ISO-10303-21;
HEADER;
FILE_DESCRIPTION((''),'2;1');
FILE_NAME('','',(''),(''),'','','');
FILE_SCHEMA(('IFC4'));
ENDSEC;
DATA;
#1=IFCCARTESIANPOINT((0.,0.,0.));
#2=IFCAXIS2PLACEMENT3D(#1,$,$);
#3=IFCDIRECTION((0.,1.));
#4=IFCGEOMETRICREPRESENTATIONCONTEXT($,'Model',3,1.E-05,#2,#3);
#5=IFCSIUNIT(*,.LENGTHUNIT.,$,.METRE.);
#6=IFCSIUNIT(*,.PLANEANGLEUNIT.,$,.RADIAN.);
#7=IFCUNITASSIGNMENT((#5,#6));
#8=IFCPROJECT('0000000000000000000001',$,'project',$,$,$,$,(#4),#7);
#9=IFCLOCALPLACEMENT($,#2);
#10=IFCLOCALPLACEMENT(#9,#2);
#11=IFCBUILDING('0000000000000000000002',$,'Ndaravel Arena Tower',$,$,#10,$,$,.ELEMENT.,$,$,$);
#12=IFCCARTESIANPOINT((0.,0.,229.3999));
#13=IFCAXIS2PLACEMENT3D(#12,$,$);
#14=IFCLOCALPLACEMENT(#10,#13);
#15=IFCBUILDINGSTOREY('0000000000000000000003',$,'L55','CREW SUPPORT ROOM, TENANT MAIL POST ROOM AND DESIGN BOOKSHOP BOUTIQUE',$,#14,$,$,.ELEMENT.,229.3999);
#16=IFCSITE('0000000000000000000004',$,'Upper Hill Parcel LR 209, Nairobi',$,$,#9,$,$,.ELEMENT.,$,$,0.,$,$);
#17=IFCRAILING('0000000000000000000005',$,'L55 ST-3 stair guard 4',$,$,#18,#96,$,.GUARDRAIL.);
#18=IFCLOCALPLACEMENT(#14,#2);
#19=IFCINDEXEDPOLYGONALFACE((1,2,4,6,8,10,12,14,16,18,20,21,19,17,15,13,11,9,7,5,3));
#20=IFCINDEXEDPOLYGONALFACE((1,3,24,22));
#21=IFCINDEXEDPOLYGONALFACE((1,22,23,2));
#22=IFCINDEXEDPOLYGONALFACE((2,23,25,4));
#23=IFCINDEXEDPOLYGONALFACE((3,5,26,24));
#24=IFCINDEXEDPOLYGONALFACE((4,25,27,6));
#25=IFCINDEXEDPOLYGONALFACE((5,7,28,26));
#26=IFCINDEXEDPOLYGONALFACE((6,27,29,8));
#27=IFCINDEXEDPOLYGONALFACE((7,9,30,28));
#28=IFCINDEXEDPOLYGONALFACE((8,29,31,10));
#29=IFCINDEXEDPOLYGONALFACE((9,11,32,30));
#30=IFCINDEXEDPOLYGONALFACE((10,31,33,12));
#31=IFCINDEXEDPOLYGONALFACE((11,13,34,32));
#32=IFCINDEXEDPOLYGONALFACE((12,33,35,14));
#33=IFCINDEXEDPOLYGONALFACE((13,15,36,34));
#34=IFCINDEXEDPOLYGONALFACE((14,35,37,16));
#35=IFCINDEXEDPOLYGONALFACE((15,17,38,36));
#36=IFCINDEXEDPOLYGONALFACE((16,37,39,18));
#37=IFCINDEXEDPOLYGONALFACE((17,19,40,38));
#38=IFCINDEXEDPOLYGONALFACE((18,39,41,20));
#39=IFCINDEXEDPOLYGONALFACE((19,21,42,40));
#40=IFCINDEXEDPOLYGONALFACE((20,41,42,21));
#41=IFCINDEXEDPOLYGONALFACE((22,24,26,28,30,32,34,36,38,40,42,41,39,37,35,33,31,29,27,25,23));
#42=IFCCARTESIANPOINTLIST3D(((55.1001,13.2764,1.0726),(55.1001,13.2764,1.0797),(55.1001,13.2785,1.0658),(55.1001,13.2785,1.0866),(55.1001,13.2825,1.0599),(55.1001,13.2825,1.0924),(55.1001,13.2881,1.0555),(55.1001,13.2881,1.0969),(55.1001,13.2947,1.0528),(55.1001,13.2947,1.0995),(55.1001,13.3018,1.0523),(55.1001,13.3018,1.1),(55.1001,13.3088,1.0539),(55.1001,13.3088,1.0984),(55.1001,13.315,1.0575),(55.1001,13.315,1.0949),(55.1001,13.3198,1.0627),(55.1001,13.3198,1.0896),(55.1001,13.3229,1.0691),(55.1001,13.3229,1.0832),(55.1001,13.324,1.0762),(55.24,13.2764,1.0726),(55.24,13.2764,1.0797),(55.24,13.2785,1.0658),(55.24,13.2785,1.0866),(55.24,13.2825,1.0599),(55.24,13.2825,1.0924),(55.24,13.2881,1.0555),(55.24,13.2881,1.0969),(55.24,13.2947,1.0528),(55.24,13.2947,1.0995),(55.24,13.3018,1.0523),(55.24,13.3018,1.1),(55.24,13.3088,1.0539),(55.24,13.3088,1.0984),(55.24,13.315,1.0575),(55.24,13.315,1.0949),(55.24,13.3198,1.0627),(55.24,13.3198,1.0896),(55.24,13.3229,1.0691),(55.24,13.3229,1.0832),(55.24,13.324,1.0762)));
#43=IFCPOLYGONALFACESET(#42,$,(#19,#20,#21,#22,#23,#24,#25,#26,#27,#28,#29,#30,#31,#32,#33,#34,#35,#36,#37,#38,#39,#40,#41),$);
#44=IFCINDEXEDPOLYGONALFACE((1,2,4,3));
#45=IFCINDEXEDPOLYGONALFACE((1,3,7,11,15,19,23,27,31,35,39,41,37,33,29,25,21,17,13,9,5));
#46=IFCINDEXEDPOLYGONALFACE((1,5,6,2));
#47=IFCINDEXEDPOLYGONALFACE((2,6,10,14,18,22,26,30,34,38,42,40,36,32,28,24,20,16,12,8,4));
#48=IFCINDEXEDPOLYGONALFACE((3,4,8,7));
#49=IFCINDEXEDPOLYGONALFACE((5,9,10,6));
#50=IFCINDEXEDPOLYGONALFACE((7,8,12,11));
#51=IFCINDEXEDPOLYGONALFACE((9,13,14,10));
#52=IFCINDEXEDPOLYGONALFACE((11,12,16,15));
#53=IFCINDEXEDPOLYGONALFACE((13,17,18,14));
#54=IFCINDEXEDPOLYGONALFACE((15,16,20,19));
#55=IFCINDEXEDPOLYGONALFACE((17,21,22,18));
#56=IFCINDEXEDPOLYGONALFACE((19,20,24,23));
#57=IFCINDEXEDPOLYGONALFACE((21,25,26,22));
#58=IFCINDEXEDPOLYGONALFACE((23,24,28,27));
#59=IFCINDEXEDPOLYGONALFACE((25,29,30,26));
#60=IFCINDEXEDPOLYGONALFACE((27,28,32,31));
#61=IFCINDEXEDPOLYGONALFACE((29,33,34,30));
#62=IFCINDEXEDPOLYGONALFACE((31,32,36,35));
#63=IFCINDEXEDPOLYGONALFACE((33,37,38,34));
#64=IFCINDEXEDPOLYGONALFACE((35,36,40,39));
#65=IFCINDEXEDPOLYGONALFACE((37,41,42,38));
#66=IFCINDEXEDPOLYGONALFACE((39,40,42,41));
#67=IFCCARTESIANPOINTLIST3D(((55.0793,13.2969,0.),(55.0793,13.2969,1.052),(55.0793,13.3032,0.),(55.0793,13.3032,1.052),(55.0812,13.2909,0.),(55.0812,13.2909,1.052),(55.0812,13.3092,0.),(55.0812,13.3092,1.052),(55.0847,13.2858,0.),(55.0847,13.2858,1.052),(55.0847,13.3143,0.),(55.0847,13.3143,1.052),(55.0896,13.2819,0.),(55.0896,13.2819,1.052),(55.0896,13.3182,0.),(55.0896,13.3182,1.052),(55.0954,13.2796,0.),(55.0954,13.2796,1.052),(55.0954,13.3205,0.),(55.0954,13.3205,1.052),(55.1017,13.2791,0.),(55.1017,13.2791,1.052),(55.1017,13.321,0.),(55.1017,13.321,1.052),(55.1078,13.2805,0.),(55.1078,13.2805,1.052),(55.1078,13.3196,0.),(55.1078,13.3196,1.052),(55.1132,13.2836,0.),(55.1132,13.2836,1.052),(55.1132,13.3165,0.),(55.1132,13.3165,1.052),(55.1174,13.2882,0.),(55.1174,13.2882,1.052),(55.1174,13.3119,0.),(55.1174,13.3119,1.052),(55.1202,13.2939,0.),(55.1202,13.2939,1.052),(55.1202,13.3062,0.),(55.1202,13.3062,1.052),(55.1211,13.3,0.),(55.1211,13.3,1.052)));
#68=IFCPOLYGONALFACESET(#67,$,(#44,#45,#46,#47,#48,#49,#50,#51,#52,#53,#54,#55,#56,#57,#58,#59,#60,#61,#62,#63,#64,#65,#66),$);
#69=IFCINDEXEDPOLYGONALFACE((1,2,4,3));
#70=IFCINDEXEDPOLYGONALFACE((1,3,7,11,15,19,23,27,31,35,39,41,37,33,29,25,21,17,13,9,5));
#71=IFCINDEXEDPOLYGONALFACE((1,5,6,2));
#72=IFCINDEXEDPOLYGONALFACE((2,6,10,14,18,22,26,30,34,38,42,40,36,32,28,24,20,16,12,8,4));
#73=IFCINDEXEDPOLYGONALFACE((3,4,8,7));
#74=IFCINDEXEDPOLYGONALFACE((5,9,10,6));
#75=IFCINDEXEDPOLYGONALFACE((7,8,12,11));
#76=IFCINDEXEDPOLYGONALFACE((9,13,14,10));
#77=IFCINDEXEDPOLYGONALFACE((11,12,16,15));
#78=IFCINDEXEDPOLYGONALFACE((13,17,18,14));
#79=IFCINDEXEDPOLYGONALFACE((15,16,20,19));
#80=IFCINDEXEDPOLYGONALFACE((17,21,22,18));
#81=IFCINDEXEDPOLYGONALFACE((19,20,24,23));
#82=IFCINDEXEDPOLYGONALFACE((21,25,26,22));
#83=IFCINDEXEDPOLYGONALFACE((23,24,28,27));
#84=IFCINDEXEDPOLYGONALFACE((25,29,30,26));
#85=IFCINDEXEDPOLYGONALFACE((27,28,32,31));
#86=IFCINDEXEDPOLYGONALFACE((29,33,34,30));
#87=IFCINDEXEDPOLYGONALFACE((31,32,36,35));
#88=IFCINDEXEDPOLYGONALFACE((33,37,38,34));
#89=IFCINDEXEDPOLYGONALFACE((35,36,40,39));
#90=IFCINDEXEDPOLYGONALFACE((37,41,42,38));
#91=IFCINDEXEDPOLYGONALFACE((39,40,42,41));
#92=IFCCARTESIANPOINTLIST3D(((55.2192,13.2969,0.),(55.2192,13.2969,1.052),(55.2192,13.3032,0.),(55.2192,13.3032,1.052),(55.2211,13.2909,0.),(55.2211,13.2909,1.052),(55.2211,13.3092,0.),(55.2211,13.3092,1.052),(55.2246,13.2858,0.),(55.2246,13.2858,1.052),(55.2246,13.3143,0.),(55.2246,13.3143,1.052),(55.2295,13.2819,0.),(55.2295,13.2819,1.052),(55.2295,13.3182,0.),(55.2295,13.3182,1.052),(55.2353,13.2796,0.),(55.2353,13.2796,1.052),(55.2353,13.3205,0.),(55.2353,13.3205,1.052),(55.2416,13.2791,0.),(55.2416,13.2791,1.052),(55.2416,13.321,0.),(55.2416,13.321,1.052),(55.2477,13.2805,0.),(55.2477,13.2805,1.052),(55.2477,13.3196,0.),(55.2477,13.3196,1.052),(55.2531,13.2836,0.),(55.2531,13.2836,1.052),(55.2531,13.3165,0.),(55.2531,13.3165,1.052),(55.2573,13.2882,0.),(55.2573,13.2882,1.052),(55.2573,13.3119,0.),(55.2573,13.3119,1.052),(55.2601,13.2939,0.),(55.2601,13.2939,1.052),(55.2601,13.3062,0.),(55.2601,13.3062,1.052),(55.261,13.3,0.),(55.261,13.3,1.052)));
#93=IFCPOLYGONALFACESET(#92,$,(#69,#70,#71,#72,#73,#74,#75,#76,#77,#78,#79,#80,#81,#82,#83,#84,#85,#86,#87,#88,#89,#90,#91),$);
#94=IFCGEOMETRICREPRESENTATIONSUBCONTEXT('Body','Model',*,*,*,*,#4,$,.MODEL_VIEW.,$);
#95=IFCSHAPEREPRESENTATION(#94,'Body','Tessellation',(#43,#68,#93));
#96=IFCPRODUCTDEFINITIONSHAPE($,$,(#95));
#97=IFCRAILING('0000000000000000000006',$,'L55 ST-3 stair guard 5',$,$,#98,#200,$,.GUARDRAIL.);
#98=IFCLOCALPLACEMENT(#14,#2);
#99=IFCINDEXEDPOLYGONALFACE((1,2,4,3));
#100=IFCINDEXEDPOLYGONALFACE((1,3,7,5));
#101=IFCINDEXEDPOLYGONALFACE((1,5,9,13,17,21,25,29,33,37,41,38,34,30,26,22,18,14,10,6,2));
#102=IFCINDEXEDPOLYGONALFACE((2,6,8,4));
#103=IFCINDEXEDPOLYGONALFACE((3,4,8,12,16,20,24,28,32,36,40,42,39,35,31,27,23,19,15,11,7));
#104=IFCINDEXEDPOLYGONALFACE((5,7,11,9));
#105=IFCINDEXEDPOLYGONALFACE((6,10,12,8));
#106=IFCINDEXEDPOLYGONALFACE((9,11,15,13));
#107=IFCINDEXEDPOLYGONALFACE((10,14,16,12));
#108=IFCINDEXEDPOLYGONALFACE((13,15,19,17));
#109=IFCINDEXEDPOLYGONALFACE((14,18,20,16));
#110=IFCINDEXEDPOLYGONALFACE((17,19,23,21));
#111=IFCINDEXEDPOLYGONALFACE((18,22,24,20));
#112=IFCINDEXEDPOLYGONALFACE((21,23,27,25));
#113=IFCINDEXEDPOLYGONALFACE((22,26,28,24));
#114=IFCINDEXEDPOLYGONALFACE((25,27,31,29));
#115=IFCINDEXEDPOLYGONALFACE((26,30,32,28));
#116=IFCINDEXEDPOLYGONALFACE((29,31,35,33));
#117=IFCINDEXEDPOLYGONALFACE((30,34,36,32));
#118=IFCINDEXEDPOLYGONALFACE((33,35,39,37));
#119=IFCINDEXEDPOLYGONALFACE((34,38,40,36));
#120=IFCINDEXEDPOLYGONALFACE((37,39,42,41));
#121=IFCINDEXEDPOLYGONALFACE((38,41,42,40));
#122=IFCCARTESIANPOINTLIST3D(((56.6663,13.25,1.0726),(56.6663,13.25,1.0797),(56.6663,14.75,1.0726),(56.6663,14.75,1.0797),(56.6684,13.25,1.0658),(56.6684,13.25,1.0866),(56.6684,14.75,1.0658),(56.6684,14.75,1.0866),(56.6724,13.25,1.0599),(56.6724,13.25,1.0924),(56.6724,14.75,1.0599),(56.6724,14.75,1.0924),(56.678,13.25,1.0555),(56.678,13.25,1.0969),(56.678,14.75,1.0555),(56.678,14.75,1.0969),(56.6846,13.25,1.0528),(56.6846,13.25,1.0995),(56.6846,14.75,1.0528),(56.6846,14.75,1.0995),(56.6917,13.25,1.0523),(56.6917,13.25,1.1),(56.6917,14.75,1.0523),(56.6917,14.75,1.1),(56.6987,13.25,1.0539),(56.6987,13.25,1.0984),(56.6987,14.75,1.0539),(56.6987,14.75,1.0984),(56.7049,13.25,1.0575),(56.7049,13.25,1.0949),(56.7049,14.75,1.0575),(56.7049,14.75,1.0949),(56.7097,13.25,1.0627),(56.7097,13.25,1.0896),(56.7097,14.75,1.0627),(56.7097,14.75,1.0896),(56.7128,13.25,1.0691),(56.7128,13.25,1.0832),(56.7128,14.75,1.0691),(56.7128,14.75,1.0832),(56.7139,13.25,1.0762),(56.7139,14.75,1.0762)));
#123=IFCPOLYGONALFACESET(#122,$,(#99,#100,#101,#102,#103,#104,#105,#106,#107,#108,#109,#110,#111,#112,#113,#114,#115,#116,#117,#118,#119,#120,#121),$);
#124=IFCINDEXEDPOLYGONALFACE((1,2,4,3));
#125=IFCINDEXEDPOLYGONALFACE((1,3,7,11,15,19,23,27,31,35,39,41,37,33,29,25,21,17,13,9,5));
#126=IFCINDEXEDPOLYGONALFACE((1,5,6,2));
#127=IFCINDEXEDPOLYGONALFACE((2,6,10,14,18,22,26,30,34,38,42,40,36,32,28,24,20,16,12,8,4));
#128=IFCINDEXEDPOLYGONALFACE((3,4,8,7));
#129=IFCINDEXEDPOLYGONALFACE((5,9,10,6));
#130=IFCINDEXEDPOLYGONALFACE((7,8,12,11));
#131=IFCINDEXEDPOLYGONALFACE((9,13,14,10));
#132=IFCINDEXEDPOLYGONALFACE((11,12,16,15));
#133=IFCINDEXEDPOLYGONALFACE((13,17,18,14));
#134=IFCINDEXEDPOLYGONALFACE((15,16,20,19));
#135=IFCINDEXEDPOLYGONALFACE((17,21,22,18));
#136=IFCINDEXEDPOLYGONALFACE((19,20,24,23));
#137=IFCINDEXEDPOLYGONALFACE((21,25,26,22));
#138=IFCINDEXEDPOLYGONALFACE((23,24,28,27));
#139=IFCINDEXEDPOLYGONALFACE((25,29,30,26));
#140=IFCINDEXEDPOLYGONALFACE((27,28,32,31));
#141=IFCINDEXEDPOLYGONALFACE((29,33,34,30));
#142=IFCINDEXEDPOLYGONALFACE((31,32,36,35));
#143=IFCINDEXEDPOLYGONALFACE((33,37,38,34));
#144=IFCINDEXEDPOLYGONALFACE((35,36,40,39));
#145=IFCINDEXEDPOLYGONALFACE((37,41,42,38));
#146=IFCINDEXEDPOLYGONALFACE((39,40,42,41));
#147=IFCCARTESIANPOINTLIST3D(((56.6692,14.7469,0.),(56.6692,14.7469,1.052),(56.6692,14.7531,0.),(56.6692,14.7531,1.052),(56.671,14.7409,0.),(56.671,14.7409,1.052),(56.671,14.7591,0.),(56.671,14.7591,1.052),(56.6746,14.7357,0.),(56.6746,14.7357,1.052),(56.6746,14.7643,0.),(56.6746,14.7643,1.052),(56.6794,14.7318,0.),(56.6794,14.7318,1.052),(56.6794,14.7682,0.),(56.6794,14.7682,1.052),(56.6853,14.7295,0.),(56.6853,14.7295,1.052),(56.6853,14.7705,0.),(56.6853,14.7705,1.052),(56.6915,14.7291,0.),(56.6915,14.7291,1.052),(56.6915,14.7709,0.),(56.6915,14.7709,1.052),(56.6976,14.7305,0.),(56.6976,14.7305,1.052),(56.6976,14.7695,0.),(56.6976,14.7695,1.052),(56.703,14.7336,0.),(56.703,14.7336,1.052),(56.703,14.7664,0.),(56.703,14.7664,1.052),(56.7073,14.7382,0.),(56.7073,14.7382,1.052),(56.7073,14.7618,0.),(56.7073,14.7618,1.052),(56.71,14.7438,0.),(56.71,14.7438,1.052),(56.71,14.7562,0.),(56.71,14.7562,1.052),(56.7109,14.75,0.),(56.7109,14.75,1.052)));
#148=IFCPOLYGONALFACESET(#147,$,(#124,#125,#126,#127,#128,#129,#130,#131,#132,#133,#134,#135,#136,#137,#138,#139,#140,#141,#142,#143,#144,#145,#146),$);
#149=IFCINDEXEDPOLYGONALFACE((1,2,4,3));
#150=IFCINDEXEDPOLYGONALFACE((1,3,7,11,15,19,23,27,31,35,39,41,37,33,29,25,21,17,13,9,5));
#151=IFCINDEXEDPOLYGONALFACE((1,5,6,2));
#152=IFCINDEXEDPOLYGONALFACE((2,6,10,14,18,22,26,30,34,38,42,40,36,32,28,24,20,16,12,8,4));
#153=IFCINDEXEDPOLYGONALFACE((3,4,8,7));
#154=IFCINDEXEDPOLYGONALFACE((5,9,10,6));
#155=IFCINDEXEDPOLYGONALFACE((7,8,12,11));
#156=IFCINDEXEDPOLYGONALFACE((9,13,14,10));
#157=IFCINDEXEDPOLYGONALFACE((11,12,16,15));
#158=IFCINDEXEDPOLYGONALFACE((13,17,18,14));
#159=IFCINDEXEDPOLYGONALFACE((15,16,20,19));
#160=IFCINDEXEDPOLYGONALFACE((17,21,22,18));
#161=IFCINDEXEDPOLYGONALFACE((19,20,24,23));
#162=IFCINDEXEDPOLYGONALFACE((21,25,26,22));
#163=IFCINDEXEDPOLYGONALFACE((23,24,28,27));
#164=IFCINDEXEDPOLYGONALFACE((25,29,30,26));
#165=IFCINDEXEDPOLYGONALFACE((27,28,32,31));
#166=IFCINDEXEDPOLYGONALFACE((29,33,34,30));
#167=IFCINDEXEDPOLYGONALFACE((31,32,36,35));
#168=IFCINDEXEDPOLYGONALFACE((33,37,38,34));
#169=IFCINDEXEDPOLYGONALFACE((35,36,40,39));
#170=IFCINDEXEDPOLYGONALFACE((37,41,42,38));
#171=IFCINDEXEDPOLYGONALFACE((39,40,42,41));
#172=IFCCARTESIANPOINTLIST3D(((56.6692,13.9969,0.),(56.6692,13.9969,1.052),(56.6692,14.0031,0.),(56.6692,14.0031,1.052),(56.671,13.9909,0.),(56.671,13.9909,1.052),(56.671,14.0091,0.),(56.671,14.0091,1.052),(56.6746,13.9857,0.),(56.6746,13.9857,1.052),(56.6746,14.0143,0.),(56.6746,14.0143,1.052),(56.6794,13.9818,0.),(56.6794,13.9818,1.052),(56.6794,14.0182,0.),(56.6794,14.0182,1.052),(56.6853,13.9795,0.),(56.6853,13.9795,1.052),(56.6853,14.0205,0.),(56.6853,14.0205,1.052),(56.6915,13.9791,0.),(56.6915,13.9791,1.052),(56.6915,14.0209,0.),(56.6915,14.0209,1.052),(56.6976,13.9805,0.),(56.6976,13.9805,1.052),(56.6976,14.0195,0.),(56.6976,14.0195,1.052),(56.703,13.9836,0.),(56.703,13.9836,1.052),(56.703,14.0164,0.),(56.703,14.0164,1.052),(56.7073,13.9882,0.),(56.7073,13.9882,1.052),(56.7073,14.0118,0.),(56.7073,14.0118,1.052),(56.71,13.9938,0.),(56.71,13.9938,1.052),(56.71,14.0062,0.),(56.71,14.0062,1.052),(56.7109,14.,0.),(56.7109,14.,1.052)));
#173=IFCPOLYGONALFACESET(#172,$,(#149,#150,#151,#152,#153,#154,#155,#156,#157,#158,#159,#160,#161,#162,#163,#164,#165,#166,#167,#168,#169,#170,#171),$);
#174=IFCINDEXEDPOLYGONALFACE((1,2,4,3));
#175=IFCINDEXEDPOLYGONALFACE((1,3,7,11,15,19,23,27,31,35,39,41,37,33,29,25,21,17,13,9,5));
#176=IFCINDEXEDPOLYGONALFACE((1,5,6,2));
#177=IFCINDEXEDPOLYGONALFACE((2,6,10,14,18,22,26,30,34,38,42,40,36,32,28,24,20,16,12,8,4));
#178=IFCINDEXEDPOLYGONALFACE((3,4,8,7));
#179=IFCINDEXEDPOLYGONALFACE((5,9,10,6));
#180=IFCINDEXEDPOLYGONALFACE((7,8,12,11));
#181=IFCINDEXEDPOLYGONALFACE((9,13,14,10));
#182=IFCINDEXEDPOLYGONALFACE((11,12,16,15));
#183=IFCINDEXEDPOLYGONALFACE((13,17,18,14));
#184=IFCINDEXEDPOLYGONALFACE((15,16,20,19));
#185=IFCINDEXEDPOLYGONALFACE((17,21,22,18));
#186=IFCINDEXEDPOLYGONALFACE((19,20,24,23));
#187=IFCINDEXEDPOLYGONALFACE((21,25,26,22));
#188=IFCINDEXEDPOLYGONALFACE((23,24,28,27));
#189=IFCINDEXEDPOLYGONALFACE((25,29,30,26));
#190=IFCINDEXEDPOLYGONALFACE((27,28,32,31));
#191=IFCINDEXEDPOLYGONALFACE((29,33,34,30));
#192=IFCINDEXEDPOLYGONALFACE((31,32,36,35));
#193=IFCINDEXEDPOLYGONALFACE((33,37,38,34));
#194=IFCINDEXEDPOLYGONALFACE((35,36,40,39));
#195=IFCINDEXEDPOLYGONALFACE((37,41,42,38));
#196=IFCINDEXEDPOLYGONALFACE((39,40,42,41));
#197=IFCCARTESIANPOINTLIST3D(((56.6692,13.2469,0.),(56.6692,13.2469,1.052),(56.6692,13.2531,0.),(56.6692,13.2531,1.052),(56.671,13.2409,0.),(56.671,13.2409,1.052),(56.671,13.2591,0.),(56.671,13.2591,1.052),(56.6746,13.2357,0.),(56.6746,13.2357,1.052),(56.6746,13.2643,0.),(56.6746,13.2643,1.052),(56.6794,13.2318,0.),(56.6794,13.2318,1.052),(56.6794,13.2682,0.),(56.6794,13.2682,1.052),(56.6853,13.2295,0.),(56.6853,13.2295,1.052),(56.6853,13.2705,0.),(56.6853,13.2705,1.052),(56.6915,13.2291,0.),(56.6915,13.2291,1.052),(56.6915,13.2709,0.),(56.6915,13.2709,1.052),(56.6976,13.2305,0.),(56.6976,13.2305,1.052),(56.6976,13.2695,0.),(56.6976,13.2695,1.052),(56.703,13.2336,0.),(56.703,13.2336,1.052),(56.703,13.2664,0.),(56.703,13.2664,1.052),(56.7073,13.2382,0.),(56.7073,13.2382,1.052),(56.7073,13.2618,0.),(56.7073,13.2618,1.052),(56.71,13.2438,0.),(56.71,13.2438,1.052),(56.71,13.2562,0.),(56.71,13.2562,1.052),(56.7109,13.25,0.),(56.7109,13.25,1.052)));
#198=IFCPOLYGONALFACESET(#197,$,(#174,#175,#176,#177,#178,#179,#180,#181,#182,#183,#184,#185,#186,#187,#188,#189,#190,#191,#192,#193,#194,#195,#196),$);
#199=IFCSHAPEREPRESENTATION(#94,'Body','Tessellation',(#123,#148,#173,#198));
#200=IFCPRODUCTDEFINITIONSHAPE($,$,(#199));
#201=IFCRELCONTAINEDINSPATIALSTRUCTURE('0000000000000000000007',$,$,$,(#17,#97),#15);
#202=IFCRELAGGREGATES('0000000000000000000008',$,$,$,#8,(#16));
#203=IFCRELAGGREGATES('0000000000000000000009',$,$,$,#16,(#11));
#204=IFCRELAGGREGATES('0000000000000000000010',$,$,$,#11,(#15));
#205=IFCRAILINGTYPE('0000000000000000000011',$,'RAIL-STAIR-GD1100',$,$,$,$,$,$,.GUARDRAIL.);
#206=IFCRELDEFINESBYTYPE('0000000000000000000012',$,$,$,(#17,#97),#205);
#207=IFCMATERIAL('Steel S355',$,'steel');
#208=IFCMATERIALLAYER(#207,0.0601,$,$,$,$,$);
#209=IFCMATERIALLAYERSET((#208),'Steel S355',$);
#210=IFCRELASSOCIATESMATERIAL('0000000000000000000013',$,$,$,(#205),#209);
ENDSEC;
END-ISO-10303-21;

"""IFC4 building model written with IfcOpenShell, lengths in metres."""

from ifc_helpers import new_model, si_unit, direction, frame, origin, origin_2d, place, context, subcontext, project, spatial, circle, extrude, material, layer, layer_set, type_object, element, save


model = new_model("IFC4")

# Units and contexts
model_context = context("Model", 3, precision=1e-05, world=origin(), true_north=direction((0.0, 1.0)))
body_context = subcontext(model_context, "Body", "Model", "MODEL_VIEW")
ifc_project = project(units=[si_unit("LENGTHUNIT", "METRE"), si_unit("PLANEANGLEUNIT", "RADIAN")], contexts=[model_context])

# Site, building, storey
site_placement = place(None, origin())
site = spatial("IfcSite", under=ifc_project, at=site_placement, Name="Upper Hill Parcel LR 209, Nairobi", CompositionType="ELEMENT", RefElevation=0.0)
building_placement = place(site_placement, origin())
building = spatial("IfcBuilding", under=site, at=building_placement, Name="Ndaravel Arena Tower", CompositionType="ELEMENT")
storey_placement = place(building_placement, frame((0.0, 0.0, 229.3999)))
storey = spatial("IfcBuildingStorey", under=building, at=storey_placement, Name="L55", Description="CREW SUPPORT ROOM, TENANT MAIL POST ROOM AND DESIGN BOOKSHOP BOUTIQUE", CompositionType="ELEMENT", Elevation=229.3999)

# Railings
ifc_material_1 = material(Name="Steel S355", Category="steel")
ifc_layer_1 = layer(ifc_material_1, 0.0601)
ifc_layer_set_1 = layer_set([ifc_layer_1], Name="Steel S355")
railing_type_1 = type_object("IfcRailingType", Name="RAIL-STAIR-GD1100", PredefinedType="GUARDRAIL", material=ifc_layer_set_1)
railing_1_placement = place(storey_placement, frame((55.1001, 13.3, 0.0)))
element("IfcRailing", 1, at=railing_1_placement, inside=storey, type_object=railing_type_1, Name="L55 ST-3 stair guard 4", PredefinedType="GUARDRAIL", context=body_context, shape_type="SweptSolid", body=[
    extrude(circle(Radius=0.0239, at=origin_2d()), frame((0.0, 0.0, 1.0762), z_axis=(1.0, 0.0, 0.0), x_axis=(0.0, 1.0, 0.0)), (0.0, 0.0, 1.0), 0.1399),
    extrude(circle(Radius=0.021, at=origin_2d()), origin(), (0.0, 0.0, 1.0), 1.052),
    extrude(circle(Radius=0.021, at=origin_2d()), frame((0.1399, 0.0, 0.0)), (0.0, 0.0, 1.0), 1.052),
])
railing_2_placement = place(storey_placement, frame((56.6899, 14.75, 0.0)))
element("IfcRailing", 2, at=railing_2_placement, inside=storey, type_object=railing_type_1, Name="L55 ST-3 stair guard 5", PredefinedType="GUARDRAIL", context=body_context, shape_type="SweptSolid", body=[
    extrude(circle(Radius=0.0239, at=origin_2d()), frame((0.0, 0.0, 1.0762), z_axis=(0.0, -1.0, 0.0), x_axis=(1.0, 0.0, 0.0)), (0.0, 0.0, 1.0), 1.5),
    extrude(circle(Radius=0.021, at=origin_2d()), origin(), (0.0, 0.0, 1.0), 1.052),
    extrude(circle(Radius=0.021, at=origin_2d()), frame((0.0, -0.75, 0.0)), (0.0, 0.0, 1.0), 1.052),
    extrude(circle(Radius=0.021, at=origin_2d()), frame((0.0, -1.5, 0.0)), (0.0, 0.0, 1.0), 1.052),
])

save(model, "model.ifc")
